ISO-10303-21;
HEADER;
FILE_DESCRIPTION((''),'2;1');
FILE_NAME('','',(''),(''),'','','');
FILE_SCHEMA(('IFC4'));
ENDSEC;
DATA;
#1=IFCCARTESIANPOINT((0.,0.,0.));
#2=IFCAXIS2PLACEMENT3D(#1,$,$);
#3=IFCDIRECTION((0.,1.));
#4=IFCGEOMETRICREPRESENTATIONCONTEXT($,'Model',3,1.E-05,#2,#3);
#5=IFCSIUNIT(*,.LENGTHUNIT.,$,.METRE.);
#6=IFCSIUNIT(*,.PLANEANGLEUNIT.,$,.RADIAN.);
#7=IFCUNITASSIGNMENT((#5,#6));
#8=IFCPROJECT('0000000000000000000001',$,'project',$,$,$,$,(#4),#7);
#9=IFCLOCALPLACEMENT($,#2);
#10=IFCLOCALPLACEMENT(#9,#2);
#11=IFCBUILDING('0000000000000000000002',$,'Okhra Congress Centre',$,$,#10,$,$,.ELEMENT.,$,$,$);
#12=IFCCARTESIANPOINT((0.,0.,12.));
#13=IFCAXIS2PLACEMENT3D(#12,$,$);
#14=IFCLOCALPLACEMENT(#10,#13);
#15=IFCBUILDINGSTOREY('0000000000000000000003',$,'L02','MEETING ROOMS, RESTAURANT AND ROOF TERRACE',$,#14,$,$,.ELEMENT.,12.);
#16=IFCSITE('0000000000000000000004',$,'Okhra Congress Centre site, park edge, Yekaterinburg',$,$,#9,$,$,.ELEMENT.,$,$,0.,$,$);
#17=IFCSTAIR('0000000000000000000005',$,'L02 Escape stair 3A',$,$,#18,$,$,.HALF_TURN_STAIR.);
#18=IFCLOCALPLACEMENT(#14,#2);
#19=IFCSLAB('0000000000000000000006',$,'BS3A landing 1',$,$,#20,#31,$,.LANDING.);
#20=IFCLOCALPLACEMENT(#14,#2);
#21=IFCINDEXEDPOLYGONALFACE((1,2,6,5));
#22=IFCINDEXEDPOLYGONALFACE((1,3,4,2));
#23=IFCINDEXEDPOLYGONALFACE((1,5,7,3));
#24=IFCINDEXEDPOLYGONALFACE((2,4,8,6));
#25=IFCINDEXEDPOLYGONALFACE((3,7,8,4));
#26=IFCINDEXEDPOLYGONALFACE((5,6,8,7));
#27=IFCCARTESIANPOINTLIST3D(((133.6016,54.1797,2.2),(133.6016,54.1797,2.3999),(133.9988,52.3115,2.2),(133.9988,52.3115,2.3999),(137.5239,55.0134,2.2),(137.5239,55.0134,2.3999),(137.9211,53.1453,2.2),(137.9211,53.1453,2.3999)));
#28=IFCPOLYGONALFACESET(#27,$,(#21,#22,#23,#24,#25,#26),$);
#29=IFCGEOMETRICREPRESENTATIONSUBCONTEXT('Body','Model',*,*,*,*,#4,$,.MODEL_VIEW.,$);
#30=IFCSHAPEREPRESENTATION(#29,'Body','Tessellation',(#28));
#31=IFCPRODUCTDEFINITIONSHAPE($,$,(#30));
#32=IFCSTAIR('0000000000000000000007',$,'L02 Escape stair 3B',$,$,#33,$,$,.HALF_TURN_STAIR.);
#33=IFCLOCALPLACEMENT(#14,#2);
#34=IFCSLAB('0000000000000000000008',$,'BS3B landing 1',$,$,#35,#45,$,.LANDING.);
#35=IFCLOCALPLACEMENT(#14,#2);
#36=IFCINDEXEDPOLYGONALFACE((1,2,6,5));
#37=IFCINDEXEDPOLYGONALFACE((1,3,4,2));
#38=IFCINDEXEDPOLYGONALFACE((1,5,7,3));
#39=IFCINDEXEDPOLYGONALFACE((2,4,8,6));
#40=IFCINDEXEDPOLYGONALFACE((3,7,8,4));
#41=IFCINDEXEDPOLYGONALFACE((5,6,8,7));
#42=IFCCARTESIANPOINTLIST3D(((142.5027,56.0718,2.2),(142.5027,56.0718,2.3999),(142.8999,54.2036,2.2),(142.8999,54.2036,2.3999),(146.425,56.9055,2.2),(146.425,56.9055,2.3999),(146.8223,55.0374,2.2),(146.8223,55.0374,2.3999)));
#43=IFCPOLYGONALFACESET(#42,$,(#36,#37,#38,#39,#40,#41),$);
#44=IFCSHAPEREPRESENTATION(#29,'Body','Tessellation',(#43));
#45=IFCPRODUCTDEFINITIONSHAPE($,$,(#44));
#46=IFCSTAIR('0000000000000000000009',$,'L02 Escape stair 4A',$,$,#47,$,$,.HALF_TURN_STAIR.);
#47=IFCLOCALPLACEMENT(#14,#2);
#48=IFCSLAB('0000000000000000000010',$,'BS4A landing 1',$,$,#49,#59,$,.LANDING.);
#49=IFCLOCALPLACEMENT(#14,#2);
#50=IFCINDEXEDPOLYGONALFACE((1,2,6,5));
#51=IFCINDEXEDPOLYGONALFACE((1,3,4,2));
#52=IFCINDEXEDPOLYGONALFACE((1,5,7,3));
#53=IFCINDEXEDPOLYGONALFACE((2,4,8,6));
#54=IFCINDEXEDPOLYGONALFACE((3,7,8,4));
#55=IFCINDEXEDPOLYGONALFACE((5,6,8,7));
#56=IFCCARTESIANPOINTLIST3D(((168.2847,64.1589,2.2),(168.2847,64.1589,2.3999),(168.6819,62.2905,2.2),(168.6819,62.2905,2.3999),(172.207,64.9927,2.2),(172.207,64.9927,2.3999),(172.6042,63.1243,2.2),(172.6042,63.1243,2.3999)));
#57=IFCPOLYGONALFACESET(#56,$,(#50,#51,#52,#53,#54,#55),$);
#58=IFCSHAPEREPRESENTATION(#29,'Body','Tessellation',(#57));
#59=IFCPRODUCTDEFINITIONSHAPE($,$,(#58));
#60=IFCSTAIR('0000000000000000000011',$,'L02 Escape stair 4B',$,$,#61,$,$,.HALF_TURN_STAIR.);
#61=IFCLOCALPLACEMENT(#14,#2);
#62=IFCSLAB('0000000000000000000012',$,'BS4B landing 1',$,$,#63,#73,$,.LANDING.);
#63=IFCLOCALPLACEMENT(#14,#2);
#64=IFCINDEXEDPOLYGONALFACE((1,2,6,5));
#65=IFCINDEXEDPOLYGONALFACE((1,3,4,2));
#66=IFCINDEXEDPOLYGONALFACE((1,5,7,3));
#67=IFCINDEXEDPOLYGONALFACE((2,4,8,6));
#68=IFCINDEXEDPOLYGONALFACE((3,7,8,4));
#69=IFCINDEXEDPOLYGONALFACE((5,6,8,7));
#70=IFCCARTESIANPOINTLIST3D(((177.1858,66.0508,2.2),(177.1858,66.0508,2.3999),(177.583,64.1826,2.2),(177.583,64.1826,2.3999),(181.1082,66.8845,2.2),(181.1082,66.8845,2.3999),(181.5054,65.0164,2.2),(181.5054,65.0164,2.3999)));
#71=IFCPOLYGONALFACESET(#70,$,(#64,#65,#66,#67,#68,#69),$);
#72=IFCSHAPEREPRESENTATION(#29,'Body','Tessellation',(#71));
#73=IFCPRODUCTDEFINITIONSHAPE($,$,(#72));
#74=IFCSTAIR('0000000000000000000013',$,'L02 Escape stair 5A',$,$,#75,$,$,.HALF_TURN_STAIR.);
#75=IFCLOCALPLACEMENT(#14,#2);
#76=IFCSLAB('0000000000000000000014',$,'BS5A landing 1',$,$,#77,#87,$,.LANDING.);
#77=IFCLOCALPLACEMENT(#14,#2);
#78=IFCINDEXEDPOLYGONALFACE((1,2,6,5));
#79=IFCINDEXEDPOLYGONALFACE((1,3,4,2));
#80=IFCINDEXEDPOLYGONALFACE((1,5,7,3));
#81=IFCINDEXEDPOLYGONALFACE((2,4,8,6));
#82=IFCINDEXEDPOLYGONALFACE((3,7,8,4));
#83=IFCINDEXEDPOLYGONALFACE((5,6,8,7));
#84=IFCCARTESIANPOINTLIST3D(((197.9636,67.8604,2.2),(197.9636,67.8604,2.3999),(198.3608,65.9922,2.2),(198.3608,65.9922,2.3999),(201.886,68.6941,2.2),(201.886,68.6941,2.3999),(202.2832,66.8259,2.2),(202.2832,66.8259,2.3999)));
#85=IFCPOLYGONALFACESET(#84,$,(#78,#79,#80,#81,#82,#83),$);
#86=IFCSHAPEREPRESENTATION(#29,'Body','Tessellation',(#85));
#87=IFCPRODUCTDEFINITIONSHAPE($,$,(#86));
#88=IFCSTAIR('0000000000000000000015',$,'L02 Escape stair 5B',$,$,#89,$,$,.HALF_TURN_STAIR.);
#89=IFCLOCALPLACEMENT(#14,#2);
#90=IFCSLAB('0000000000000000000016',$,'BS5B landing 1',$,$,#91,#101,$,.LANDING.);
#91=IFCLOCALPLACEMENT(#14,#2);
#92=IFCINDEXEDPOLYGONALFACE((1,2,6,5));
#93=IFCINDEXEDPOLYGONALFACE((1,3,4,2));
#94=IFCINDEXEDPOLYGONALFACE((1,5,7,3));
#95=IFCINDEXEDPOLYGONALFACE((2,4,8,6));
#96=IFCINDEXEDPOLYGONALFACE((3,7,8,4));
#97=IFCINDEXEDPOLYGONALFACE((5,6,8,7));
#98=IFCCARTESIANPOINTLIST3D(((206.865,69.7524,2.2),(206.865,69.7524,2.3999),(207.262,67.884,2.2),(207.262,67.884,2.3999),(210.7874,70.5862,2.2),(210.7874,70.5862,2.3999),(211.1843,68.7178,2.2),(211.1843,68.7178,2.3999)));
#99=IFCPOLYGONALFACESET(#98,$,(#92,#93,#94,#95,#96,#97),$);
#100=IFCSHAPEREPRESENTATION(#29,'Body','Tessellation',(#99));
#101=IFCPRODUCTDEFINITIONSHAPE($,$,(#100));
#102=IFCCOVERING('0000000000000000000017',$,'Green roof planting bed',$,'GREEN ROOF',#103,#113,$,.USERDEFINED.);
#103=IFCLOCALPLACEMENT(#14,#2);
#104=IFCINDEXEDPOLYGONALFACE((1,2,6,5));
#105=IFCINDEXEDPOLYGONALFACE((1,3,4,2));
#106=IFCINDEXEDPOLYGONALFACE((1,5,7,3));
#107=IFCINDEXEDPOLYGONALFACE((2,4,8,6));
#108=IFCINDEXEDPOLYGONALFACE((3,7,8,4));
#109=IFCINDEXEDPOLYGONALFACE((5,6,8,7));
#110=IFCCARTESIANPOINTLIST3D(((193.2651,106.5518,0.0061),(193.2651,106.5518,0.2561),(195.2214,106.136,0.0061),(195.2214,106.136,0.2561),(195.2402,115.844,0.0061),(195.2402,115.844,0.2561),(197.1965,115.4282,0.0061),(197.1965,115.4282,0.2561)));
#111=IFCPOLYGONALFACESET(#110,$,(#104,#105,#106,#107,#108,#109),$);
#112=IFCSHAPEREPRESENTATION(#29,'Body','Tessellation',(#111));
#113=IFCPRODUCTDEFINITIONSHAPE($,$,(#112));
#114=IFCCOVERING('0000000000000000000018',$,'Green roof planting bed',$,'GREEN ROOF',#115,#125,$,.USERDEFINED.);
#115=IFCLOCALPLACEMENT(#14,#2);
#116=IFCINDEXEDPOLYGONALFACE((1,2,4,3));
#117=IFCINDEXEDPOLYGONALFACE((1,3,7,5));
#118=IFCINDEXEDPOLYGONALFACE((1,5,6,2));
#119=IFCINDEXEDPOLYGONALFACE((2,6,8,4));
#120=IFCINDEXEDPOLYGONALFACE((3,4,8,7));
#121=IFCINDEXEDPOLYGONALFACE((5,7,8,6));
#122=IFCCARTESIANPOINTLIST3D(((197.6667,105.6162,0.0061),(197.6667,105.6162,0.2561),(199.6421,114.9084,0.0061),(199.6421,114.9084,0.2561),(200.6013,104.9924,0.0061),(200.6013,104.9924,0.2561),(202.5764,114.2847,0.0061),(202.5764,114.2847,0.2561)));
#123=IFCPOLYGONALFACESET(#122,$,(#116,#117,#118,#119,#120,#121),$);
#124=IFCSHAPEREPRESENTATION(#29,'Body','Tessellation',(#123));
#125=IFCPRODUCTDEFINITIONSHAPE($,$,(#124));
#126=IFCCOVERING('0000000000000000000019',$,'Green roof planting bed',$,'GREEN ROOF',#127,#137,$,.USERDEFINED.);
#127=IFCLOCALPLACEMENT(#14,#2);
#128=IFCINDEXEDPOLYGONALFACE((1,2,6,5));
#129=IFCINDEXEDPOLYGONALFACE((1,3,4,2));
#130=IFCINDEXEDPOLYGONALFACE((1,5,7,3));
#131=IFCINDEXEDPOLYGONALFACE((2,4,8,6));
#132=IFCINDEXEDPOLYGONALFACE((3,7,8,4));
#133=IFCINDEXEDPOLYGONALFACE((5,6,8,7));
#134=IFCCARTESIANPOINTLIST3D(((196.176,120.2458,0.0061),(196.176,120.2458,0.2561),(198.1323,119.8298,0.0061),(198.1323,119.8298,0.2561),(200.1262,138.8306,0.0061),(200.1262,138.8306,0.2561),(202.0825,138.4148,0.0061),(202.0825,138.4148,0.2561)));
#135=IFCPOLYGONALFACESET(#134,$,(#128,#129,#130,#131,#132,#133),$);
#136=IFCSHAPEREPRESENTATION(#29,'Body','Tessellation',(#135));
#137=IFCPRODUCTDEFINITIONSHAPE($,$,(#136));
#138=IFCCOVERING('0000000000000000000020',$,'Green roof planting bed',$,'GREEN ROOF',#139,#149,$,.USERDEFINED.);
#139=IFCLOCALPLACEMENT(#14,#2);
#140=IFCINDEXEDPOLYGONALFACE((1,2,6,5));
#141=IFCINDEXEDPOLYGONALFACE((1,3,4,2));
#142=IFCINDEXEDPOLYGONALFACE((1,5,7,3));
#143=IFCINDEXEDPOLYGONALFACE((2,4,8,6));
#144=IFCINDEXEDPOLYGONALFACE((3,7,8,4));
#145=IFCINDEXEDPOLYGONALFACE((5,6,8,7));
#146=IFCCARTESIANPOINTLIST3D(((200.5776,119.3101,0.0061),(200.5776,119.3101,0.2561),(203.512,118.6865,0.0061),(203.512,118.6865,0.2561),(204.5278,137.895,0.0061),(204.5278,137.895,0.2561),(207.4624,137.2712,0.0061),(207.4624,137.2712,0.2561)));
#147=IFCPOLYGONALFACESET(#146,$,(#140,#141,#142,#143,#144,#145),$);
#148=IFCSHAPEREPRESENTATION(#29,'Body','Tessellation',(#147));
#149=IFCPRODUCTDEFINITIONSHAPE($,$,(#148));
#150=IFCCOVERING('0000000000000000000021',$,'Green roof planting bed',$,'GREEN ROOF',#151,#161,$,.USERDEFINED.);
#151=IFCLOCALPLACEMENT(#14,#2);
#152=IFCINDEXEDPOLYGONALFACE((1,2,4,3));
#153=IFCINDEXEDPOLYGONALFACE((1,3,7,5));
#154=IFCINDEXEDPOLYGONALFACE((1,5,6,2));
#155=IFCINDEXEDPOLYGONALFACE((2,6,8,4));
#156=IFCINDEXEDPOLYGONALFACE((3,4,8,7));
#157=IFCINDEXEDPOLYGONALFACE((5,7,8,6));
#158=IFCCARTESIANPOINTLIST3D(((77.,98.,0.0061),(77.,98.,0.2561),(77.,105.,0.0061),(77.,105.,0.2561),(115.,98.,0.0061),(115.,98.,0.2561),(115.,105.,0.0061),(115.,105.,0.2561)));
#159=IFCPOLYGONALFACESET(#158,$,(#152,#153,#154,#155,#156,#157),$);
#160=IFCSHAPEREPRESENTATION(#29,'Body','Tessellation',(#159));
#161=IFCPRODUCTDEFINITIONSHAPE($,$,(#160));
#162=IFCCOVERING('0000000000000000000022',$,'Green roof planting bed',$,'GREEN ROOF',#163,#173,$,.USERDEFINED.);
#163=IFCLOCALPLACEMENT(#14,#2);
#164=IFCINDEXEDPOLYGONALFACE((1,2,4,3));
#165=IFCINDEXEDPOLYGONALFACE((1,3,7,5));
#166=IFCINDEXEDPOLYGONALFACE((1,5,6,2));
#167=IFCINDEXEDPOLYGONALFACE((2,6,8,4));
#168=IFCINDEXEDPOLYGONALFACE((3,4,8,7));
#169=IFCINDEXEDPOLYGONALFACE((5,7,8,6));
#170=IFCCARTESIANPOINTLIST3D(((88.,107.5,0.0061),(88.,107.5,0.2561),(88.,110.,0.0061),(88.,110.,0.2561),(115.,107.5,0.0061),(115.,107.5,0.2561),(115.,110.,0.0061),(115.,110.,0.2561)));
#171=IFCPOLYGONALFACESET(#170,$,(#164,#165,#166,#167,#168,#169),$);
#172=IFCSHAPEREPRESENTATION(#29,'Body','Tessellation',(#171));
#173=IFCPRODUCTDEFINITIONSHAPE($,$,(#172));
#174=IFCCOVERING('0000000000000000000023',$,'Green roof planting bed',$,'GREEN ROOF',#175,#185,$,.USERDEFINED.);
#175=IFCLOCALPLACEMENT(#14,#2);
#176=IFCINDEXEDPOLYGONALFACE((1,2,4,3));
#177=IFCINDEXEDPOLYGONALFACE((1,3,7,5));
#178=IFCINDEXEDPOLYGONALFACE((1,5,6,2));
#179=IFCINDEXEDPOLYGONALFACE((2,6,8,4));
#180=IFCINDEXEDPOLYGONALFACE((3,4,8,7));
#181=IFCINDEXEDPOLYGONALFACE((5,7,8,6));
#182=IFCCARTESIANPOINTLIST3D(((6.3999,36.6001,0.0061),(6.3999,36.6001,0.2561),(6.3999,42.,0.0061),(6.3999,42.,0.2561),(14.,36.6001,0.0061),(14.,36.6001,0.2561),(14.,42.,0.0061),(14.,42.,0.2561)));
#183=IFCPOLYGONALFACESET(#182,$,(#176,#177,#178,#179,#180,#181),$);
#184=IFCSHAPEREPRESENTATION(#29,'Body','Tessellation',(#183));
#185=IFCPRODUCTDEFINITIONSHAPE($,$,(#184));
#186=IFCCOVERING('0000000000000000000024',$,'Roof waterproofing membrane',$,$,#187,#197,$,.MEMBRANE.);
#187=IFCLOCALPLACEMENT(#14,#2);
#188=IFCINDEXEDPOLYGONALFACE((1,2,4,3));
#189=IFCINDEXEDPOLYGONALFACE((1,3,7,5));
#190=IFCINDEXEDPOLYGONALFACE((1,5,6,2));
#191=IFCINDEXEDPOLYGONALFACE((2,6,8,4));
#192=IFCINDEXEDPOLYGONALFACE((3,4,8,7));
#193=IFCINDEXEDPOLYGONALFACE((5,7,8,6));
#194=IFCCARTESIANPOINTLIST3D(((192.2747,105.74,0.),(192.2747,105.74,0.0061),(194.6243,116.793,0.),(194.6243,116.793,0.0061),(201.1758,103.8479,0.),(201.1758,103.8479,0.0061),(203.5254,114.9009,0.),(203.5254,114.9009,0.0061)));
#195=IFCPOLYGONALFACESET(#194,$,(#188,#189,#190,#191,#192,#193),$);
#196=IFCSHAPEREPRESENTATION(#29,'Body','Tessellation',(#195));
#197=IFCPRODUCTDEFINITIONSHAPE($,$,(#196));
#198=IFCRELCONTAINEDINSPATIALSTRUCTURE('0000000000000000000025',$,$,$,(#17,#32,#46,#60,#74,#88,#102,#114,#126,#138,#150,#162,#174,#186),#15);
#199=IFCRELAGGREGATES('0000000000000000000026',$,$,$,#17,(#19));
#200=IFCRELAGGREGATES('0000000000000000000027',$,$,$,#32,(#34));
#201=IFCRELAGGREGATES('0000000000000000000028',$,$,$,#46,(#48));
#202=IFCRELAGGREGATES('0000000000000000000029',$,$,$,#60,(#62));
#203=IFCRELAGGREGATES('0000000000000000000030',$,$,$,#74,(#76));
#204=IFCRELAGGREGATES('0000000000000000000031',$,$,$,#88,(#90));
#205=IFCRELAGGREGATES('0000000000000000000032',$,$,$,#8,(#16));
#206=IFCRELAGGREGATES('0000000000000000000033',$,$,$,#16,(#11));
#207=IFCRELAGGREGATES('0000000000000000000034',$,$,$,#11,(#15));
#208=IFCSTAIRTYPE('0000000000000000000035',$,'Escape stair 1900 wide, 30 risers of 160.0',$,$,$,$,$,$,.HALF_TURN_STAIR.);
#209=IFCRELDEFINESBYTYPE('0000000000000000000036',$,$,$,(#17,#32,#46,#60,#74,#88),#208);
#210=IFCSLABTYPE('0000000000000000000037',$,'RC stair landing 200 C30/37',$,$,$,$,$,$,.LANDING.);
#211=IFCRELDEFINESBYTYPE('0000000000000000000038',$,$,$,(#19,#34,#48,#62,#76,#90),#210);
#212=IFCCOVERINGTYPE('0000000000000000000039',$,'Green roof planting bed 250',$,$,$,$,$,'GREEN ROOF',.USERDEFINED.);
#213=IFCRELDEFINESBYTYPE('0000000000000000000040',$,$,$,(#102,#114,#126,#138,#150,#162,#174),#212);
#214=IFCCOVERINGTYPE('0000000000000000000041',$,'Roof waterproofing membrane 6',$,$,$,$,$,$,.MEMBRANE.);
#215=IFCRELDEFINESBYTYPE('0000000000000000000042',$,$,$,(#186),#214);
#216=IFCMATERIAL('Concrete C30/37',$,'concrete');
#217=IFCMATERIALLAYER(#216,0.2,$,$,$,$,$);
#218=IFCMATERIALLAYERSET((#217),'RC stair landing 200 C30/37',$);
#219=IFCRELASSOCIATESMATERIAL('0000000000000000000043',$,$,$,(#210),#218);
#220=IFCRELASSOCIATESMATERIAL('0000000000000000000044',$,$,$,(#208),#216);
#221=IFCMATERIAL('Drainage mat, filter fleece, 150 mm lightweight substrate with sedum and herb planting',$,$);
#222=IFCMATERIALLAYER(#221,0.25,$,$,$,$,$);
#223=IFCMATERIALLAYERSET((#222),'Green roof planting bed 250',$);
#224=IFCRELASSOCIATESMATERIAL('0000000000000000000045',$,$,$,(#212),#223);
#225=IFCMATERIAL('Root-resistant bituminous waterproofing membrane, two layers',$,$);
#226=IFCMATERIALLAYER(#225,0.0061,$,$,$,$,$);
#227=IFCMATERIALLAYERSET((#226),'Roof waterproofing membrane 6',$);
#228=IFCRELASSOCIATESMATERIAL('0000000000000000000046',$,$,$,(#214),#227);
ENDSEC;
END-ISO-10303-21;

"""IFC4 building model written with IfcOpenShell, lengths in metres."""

from ifc_helpers import new_model, si_unit, direction, frame, origin, place, context, subcontext, project, spatial, polyline, outline, extrude, material, layer, layer_set, type_object, element, aggregate, save


model = new_model("IFC4")

# Units and contexts
model_context = context("Model", 3, precision=1e-05, world=origin(), true_north=direction((0.0, 1.0)))
body_context = subcontext(model_context, "Body", "Model", "MODEL_VIEW")
ifc_project = project(units=[si_unit("LENGTHUNIT", "METRE"), si_unit("PLANEANGLEUNIT", "RADIAN")], contexts=[model_context])

# Site, building, storey
site_placement = place(None, origin())
site = spatial("IfcSite", under=ifc_project, at=site_placement, Name="Okhra Congress Centre site, park edge, Yekaterinburg", CompositionType="ELEMENT", RefElevation=0.0)
building_placement = place(site_placement, origin())
building = spatial("IfcBuilding", under=site, at=building_placement, Name="Okhra Congress Centre", CompositionType="ELEMENT")
storey_placement = place(building_placement, frame((0.0, 0.0, 12.0)))
storey = spatial("IfcBuildingStorey", under=building, at=storey_placement, Name="L02", Description="MEETING ROOMS, RESTAURANT AND ROOF TERRACE", CompositionType="ELEMENT", Elevation=12.0)

# Shared definitions
ifc_material_1 = material(Name="Concrete C30/37", Category="concrete")

# Stairs, slabs
ifc_layer_1 = layer(ifc_material_1, 0.2)
ifc_layer_set_1 = layer_set([ifc_layer_1], Name="RC stair landing 200 C30/37")
slab_type_1 = type_object("IfcSlabType", Name="RC stair landing 200 C30/37", PredefinedType="LANDING", material=ifc_layer_set_1)
stair_type_1 = type_object("IfcStairType", Name="Escape stair 1900 wide, 30 risers of 160.0", PredefinedType="HALF_TURN_STAIR", material=ifc_material_1)
stair_1_placement = place(storey_placement, origin())
stair_1 = element("IfcStair", 1, at=stair_1_placement, inside=storey, type_object=stair_type_1, Name="L02 Escape stair 3A", PredefinedType="HALF_TURN_STAIR")
slab_1_placement = place(storey_placement, frame((0.0, 0.0, 2.2)))
slab_1 = element("IfcSlab", 2, at=slab_1_placement, type_object=slab_type_1, Name="BS3A landing 1", PredefinedType="LANDING", context=body_context, shape_type="SweptSolid", body=[
    extrude(outline(polyline([(137.9211, 53.1453), (133.9988, 52.3115), (133.6016, 54.1797), (137.5239, 55.0134), (137.9211, 53.1453)])), origin(), (0.0, 0.0, 1.0), 0.2),
])
aggregate(stair_1, [slab_1])
stair_2_placement = place(storey_placement, origin())
stair_2 = element("IfcStair", 3, at=stair_2_placement, inside=storey, type_object=stair_type_1, Name="L02 Escape stair 3B", PredefinedType="HALF_TURN_STAIR")
slab_2_placement = place(storey_placement, frame((0.0, 0.0, 2.2)))
slab_2 = element("IfcSlab", 4, at=slab_2_placement, type_object=slab_type_1, Name="BS3B landing 1", PredefinedType="LANDING", context=body_context, shape_type="SweptSolid", body=[
    extrude(outline(polyline([(146.8223, 55.0374), (142.8999, 54.2036), (142.5027, 56.0718), (146.425, 56.9055), (146.8223, 55.0374)])), origin(), (0.0, 0.0, 1.0), 0.2),
])
aggregate(stair_2, [slab_2])
stair_3_placement = place(storey_placement, origin())
stair_3 = element("IfcStair", 5, at=stair_3_placement, inside=storey, type_object=stair_type_1, Name="L02 Escape stair 4A", PredefinedType="HALF_TURN_STAIR")
slab_3_placement = place(storey_placement, frame((0.0, 0.0, 2.2)))
slab_3 = element("IfcSlab", 6, at=slab_3_placement, type_object=slab_type_1, Name="BS4A landing 1", PredefinedType="LANDING", context=body_context, shape_type="SweptSolid", body=[
    extrude(outline(polyline([(168.2847, 64.1589), (172.207, 64.9927), (172.6042, 63.1243), (168.6819, 62.2905), (168.2847, 64.1589)])), origin(), (0.0, 0.0, 1.0), 0.2),
])
aggregate(stair_3, [slab_3])
stair_4_placement = place(storey_placement, origin())
stair_4 = element("IfcStair", 7, at=stair_4_placement, inside=storey, type_object=stair_type_1, Name="L02 Escape stair 4B", PredefinedType="HALF_TURN_STAIR")
slab_4_placement = place(storey_placement, frame((0.0, 0.0, 2.2)))
slab_4 = element("IfcSlab", 8, at=slab_4_placement, type_object=slab_type_1, Name="BS4B landing 1", PredefinedType="LANDING", context=body_context, shape_type="SweptSolid", body=[
    extrude(outline(polyline([(177.1858, 66.0508), (181.1082, 66.8845), (181.5054, 65.0164), (177.583, 64.1826), (177.1858, 66.0508)])), origin(), (0.0, 0.0, 1.0), 0.2),
])
aggregate(stair_4, [slab_4])
stair_5_placement = place(storey_placement, origin())
stair_5 = element("IfcStair", 9, at=stair_5_placement, inside=storey, type_object=stair_type_1, Name="L02 Escape stair 5A", PredefinedType="HALF_TURN_STAIR")
slab_5_placement = place(storey_placement, frame((0.0, 0.0, 2.2)))
slab_5 = element("IfcSlab", 10, at=slab_5_placement, type_object=slab_type_1, Name="BS5A landing 1", PredefinedType="LANDING", context=body_context, shape_type="SweptSolid", body=[
    extrude(outline(polyline([(202.2832, 66.8259), (198.3608, 65.9922), (197.9636, 67.8604), (201.886, 68.6941), (202.2832, 66.8259)])), origin(), (0.0, 0.0, 1.0), 0.2),
])
aggregate(stair_5, [slab_5])
stair_6_placement = place(storey_placement, origin())
stair_6 = element("IfcStair", 11, at=stair_6_placement, inside=storey, type_object=stair_type_1, Name="L02 Escape stair 5B", PredefinedType="HALF_TURN_STAIR")
slab_6_placement = place(storey_placement, frame((0.0, 0.0, 2.2)))
slab_6 = element("IfcSlab", 12, at=slab_6_placement, type_object=slab_type_1, Name="BS5B landing 1", PredefinedType="LANDING", context=body_context, shape_type="SweptSolid", body=[
    extrude(outline(polyline([(211.1843, 68.7178), (207.262, 67.884), (206.865, 69.7524), (210.7874, 70.5862), (211.1843, 68.7178)])), origin(), (0.0, 0.0, 1.0), 0.2),
])
aggregate(stair_6, [slab_6])

# Coverings
ifc_material_2 = material(Name="Drainage mat, filter fleece, 150 mm lightweight substrate with sedum and herb planting")
ifc_layer_2 = layer(ifc_material_2, 0.25)
ifc_layer_set_2 = layer_set([ifc_layer_2], Name="Green roof planting bed 250")
covering_type_1 = type_object("IfcCoveringType", Name="Green roof planting bed 250", ElementType="GREEN ROOF", PredefinedType="USERDEFINED", material=ifc_layer_set_2)
covering_1_placement = place(storey_placement, frame((0.0, 0.0, 0.0061)))
element("IfcCovering", 13, at=covering_1_placement, inside=storey, type_object=covering_type_1, Name="Green roof planting bed", ObjectType="GREEN ROOF", PredefinedType="USERDEFINED", context=body_context, shape_type="SweptSolid", body=[
    extrude(outline(polyline([(193.2651, 106.5518), (195.2214, 106.136), (197.1965, 115.4282), (195.2402, 115.844), (193.2651, 106.5518)])), origin(), (0.0, 0.0, 1.0), 0.25),
])
covering_2_placement = place(storey_placement, frame((0.0, 0.0, 0.0061)))
element("IfcCovering", 14, at=covering_2_placement, inside=storey, type_object=covering_type_1, Name="Green roof planting bed", ObjectType="GREEN ROOF", PredefinedType="USERDEFINED", context=body_context, shape_type="SweptSolid", body=[
    extrude(outline(polyline([(197.6667, 105.6162), (200.6013, 104.9924), (202.5764, 114.2847), (199.6421, 114.9084), (197.6667, 105.6162)])), origin(), (0.0, 0.0, 1.0), 0.25),
])
covering_3_placement = place(storey_placement, frame((0.0, 0.0, 0.0061)))
element("IfcCovering", 15, at=covering_3_placement, inside=storey, type_object=covering_type_1, Name="Green roof planting bed", ObjectType="GREEN ROOF", PredefinedType="USERDEFINED", context=body_context, shape_type="SweptSolid", body=[
    extrude(outline(polyline([(196.176, 120.2458), (198.1323, 119.8298), (202.0825, 138.4148), (200.1262, 138.8306), (196.176, 120.2458)])), origin(), (0.0, 0.0, 1.0), 0.25),
])
covering_4_placement = place(storey_placement, frame((0.0, 0.0, 0.0061)))
element("IfcCovering", 16, at=covering_4_placement, inside=storey, type_object=covering_type_1, Name="Green roof planting bed", ObjectType="GREEN ROOF", PredefinedType="USERDEFINED", context=body_context, shape_type="SweptSolid", body=[
    extrude(outline(polyline([(200.5776, 119.3101), (203.512, 118.6865), (207.4624, 137.2712), (204.5278, 137.895), (200.5776, 119.3101)])), origin(), (0.0, 0.0, 1.0), 0.25),
])
covering_5_placement = place(storey_placement, frame((0.0, 0.0, 0.0061)))
element("IfcCovering", 17, at=covering_5_placement, inside=storey, type_object=covering_type_1, Name="Green roof planting bed", ObjectType="GREEN ROOF", PredefinedType="USERDEFINED", context=body_context, shape_type="SweptSolid", body=[
    extrude(outline(polyline([(77.0, 98.0), (115.0, 98.0), (115.0, 105.0), (77.0, 105.0), (77.0, 98.0)])), origin(), (0.0, 0.0, 1.0), 0.25),
])
covering_6_placement = place(storey_placement, frame((0.0, 0.0, 0.0061)))
element("IfcCovering", 18, at=covering_6_placement, inside=storey, type_object=covering_type_1, Name="Green roof planting bed", ObjectType="GREEN ROOF", PredefinedType="USERDEFINED", context=body_context, shape_type="SweptSolid", body=[
    extrude(outline(polyline([(88.0, 107.5), (115.0, 107.5), (115.0, 110.0), (88.0, 110.0), (88.0, 107.5)])), origin(), (0.0, 0.0, 1.0), 0.25),
])
covering_7_placement = place(storey_placement, frame((0.0, 0.0, 0.0061)))
element("IfcCovering", 19, at=covering_7_placement, inside=storey, type_object=covering_type_1, Name="Green roof planting bed", ObjectType="GREEN ROOF", PredefinedType="USERDEFINED", context=body_context, shape_type="SweptSolid", body=[
    extrude(outline(polyline([(6.3999, 36.6001), (14.0, 36.6001), (14.0, 42.0), (6.3999, 42.0), (6.3999, 36.6001)])), origin(), (0.0, 0.0, 1.0), 0.25),
])
ifc_material_3 = material(Name="Root-resistant bituminous waterproofing membrane, two layers")
ifc_layer_3 = layer(ifc_material_3, 0.0061)
ifc_layer_set_3 = layer_set([ifc_layer_3], Name="Roof waterproofing membrane 6")
covering_type_2 = type_object("IfcCoveringType", Name="Roof waterproofing membrane 6", PredefinedType="MEMBRANE", material=ifc_layer_set_3)
covering_8_placement = place(storey_placement, origin())
element("IfcCovering", 20, at=covering_8_placement, inside=storey, type_object=covering_type_2, Name="Roof waterproofing membrane", PredefinedType="MEMBRANE", context=body_context, shape_type="SweptSolid", body=[
    extrude(outline(polyline([(192.2747, 105.74), (201.1758, 103.8479), (203.5254, 114.9009), (194.6243, 116.793), (192.2747, 105.74)])), origin(), (0.0, 0.0, 1.0), 0.0061),
])

save(model, "model.ifc")
